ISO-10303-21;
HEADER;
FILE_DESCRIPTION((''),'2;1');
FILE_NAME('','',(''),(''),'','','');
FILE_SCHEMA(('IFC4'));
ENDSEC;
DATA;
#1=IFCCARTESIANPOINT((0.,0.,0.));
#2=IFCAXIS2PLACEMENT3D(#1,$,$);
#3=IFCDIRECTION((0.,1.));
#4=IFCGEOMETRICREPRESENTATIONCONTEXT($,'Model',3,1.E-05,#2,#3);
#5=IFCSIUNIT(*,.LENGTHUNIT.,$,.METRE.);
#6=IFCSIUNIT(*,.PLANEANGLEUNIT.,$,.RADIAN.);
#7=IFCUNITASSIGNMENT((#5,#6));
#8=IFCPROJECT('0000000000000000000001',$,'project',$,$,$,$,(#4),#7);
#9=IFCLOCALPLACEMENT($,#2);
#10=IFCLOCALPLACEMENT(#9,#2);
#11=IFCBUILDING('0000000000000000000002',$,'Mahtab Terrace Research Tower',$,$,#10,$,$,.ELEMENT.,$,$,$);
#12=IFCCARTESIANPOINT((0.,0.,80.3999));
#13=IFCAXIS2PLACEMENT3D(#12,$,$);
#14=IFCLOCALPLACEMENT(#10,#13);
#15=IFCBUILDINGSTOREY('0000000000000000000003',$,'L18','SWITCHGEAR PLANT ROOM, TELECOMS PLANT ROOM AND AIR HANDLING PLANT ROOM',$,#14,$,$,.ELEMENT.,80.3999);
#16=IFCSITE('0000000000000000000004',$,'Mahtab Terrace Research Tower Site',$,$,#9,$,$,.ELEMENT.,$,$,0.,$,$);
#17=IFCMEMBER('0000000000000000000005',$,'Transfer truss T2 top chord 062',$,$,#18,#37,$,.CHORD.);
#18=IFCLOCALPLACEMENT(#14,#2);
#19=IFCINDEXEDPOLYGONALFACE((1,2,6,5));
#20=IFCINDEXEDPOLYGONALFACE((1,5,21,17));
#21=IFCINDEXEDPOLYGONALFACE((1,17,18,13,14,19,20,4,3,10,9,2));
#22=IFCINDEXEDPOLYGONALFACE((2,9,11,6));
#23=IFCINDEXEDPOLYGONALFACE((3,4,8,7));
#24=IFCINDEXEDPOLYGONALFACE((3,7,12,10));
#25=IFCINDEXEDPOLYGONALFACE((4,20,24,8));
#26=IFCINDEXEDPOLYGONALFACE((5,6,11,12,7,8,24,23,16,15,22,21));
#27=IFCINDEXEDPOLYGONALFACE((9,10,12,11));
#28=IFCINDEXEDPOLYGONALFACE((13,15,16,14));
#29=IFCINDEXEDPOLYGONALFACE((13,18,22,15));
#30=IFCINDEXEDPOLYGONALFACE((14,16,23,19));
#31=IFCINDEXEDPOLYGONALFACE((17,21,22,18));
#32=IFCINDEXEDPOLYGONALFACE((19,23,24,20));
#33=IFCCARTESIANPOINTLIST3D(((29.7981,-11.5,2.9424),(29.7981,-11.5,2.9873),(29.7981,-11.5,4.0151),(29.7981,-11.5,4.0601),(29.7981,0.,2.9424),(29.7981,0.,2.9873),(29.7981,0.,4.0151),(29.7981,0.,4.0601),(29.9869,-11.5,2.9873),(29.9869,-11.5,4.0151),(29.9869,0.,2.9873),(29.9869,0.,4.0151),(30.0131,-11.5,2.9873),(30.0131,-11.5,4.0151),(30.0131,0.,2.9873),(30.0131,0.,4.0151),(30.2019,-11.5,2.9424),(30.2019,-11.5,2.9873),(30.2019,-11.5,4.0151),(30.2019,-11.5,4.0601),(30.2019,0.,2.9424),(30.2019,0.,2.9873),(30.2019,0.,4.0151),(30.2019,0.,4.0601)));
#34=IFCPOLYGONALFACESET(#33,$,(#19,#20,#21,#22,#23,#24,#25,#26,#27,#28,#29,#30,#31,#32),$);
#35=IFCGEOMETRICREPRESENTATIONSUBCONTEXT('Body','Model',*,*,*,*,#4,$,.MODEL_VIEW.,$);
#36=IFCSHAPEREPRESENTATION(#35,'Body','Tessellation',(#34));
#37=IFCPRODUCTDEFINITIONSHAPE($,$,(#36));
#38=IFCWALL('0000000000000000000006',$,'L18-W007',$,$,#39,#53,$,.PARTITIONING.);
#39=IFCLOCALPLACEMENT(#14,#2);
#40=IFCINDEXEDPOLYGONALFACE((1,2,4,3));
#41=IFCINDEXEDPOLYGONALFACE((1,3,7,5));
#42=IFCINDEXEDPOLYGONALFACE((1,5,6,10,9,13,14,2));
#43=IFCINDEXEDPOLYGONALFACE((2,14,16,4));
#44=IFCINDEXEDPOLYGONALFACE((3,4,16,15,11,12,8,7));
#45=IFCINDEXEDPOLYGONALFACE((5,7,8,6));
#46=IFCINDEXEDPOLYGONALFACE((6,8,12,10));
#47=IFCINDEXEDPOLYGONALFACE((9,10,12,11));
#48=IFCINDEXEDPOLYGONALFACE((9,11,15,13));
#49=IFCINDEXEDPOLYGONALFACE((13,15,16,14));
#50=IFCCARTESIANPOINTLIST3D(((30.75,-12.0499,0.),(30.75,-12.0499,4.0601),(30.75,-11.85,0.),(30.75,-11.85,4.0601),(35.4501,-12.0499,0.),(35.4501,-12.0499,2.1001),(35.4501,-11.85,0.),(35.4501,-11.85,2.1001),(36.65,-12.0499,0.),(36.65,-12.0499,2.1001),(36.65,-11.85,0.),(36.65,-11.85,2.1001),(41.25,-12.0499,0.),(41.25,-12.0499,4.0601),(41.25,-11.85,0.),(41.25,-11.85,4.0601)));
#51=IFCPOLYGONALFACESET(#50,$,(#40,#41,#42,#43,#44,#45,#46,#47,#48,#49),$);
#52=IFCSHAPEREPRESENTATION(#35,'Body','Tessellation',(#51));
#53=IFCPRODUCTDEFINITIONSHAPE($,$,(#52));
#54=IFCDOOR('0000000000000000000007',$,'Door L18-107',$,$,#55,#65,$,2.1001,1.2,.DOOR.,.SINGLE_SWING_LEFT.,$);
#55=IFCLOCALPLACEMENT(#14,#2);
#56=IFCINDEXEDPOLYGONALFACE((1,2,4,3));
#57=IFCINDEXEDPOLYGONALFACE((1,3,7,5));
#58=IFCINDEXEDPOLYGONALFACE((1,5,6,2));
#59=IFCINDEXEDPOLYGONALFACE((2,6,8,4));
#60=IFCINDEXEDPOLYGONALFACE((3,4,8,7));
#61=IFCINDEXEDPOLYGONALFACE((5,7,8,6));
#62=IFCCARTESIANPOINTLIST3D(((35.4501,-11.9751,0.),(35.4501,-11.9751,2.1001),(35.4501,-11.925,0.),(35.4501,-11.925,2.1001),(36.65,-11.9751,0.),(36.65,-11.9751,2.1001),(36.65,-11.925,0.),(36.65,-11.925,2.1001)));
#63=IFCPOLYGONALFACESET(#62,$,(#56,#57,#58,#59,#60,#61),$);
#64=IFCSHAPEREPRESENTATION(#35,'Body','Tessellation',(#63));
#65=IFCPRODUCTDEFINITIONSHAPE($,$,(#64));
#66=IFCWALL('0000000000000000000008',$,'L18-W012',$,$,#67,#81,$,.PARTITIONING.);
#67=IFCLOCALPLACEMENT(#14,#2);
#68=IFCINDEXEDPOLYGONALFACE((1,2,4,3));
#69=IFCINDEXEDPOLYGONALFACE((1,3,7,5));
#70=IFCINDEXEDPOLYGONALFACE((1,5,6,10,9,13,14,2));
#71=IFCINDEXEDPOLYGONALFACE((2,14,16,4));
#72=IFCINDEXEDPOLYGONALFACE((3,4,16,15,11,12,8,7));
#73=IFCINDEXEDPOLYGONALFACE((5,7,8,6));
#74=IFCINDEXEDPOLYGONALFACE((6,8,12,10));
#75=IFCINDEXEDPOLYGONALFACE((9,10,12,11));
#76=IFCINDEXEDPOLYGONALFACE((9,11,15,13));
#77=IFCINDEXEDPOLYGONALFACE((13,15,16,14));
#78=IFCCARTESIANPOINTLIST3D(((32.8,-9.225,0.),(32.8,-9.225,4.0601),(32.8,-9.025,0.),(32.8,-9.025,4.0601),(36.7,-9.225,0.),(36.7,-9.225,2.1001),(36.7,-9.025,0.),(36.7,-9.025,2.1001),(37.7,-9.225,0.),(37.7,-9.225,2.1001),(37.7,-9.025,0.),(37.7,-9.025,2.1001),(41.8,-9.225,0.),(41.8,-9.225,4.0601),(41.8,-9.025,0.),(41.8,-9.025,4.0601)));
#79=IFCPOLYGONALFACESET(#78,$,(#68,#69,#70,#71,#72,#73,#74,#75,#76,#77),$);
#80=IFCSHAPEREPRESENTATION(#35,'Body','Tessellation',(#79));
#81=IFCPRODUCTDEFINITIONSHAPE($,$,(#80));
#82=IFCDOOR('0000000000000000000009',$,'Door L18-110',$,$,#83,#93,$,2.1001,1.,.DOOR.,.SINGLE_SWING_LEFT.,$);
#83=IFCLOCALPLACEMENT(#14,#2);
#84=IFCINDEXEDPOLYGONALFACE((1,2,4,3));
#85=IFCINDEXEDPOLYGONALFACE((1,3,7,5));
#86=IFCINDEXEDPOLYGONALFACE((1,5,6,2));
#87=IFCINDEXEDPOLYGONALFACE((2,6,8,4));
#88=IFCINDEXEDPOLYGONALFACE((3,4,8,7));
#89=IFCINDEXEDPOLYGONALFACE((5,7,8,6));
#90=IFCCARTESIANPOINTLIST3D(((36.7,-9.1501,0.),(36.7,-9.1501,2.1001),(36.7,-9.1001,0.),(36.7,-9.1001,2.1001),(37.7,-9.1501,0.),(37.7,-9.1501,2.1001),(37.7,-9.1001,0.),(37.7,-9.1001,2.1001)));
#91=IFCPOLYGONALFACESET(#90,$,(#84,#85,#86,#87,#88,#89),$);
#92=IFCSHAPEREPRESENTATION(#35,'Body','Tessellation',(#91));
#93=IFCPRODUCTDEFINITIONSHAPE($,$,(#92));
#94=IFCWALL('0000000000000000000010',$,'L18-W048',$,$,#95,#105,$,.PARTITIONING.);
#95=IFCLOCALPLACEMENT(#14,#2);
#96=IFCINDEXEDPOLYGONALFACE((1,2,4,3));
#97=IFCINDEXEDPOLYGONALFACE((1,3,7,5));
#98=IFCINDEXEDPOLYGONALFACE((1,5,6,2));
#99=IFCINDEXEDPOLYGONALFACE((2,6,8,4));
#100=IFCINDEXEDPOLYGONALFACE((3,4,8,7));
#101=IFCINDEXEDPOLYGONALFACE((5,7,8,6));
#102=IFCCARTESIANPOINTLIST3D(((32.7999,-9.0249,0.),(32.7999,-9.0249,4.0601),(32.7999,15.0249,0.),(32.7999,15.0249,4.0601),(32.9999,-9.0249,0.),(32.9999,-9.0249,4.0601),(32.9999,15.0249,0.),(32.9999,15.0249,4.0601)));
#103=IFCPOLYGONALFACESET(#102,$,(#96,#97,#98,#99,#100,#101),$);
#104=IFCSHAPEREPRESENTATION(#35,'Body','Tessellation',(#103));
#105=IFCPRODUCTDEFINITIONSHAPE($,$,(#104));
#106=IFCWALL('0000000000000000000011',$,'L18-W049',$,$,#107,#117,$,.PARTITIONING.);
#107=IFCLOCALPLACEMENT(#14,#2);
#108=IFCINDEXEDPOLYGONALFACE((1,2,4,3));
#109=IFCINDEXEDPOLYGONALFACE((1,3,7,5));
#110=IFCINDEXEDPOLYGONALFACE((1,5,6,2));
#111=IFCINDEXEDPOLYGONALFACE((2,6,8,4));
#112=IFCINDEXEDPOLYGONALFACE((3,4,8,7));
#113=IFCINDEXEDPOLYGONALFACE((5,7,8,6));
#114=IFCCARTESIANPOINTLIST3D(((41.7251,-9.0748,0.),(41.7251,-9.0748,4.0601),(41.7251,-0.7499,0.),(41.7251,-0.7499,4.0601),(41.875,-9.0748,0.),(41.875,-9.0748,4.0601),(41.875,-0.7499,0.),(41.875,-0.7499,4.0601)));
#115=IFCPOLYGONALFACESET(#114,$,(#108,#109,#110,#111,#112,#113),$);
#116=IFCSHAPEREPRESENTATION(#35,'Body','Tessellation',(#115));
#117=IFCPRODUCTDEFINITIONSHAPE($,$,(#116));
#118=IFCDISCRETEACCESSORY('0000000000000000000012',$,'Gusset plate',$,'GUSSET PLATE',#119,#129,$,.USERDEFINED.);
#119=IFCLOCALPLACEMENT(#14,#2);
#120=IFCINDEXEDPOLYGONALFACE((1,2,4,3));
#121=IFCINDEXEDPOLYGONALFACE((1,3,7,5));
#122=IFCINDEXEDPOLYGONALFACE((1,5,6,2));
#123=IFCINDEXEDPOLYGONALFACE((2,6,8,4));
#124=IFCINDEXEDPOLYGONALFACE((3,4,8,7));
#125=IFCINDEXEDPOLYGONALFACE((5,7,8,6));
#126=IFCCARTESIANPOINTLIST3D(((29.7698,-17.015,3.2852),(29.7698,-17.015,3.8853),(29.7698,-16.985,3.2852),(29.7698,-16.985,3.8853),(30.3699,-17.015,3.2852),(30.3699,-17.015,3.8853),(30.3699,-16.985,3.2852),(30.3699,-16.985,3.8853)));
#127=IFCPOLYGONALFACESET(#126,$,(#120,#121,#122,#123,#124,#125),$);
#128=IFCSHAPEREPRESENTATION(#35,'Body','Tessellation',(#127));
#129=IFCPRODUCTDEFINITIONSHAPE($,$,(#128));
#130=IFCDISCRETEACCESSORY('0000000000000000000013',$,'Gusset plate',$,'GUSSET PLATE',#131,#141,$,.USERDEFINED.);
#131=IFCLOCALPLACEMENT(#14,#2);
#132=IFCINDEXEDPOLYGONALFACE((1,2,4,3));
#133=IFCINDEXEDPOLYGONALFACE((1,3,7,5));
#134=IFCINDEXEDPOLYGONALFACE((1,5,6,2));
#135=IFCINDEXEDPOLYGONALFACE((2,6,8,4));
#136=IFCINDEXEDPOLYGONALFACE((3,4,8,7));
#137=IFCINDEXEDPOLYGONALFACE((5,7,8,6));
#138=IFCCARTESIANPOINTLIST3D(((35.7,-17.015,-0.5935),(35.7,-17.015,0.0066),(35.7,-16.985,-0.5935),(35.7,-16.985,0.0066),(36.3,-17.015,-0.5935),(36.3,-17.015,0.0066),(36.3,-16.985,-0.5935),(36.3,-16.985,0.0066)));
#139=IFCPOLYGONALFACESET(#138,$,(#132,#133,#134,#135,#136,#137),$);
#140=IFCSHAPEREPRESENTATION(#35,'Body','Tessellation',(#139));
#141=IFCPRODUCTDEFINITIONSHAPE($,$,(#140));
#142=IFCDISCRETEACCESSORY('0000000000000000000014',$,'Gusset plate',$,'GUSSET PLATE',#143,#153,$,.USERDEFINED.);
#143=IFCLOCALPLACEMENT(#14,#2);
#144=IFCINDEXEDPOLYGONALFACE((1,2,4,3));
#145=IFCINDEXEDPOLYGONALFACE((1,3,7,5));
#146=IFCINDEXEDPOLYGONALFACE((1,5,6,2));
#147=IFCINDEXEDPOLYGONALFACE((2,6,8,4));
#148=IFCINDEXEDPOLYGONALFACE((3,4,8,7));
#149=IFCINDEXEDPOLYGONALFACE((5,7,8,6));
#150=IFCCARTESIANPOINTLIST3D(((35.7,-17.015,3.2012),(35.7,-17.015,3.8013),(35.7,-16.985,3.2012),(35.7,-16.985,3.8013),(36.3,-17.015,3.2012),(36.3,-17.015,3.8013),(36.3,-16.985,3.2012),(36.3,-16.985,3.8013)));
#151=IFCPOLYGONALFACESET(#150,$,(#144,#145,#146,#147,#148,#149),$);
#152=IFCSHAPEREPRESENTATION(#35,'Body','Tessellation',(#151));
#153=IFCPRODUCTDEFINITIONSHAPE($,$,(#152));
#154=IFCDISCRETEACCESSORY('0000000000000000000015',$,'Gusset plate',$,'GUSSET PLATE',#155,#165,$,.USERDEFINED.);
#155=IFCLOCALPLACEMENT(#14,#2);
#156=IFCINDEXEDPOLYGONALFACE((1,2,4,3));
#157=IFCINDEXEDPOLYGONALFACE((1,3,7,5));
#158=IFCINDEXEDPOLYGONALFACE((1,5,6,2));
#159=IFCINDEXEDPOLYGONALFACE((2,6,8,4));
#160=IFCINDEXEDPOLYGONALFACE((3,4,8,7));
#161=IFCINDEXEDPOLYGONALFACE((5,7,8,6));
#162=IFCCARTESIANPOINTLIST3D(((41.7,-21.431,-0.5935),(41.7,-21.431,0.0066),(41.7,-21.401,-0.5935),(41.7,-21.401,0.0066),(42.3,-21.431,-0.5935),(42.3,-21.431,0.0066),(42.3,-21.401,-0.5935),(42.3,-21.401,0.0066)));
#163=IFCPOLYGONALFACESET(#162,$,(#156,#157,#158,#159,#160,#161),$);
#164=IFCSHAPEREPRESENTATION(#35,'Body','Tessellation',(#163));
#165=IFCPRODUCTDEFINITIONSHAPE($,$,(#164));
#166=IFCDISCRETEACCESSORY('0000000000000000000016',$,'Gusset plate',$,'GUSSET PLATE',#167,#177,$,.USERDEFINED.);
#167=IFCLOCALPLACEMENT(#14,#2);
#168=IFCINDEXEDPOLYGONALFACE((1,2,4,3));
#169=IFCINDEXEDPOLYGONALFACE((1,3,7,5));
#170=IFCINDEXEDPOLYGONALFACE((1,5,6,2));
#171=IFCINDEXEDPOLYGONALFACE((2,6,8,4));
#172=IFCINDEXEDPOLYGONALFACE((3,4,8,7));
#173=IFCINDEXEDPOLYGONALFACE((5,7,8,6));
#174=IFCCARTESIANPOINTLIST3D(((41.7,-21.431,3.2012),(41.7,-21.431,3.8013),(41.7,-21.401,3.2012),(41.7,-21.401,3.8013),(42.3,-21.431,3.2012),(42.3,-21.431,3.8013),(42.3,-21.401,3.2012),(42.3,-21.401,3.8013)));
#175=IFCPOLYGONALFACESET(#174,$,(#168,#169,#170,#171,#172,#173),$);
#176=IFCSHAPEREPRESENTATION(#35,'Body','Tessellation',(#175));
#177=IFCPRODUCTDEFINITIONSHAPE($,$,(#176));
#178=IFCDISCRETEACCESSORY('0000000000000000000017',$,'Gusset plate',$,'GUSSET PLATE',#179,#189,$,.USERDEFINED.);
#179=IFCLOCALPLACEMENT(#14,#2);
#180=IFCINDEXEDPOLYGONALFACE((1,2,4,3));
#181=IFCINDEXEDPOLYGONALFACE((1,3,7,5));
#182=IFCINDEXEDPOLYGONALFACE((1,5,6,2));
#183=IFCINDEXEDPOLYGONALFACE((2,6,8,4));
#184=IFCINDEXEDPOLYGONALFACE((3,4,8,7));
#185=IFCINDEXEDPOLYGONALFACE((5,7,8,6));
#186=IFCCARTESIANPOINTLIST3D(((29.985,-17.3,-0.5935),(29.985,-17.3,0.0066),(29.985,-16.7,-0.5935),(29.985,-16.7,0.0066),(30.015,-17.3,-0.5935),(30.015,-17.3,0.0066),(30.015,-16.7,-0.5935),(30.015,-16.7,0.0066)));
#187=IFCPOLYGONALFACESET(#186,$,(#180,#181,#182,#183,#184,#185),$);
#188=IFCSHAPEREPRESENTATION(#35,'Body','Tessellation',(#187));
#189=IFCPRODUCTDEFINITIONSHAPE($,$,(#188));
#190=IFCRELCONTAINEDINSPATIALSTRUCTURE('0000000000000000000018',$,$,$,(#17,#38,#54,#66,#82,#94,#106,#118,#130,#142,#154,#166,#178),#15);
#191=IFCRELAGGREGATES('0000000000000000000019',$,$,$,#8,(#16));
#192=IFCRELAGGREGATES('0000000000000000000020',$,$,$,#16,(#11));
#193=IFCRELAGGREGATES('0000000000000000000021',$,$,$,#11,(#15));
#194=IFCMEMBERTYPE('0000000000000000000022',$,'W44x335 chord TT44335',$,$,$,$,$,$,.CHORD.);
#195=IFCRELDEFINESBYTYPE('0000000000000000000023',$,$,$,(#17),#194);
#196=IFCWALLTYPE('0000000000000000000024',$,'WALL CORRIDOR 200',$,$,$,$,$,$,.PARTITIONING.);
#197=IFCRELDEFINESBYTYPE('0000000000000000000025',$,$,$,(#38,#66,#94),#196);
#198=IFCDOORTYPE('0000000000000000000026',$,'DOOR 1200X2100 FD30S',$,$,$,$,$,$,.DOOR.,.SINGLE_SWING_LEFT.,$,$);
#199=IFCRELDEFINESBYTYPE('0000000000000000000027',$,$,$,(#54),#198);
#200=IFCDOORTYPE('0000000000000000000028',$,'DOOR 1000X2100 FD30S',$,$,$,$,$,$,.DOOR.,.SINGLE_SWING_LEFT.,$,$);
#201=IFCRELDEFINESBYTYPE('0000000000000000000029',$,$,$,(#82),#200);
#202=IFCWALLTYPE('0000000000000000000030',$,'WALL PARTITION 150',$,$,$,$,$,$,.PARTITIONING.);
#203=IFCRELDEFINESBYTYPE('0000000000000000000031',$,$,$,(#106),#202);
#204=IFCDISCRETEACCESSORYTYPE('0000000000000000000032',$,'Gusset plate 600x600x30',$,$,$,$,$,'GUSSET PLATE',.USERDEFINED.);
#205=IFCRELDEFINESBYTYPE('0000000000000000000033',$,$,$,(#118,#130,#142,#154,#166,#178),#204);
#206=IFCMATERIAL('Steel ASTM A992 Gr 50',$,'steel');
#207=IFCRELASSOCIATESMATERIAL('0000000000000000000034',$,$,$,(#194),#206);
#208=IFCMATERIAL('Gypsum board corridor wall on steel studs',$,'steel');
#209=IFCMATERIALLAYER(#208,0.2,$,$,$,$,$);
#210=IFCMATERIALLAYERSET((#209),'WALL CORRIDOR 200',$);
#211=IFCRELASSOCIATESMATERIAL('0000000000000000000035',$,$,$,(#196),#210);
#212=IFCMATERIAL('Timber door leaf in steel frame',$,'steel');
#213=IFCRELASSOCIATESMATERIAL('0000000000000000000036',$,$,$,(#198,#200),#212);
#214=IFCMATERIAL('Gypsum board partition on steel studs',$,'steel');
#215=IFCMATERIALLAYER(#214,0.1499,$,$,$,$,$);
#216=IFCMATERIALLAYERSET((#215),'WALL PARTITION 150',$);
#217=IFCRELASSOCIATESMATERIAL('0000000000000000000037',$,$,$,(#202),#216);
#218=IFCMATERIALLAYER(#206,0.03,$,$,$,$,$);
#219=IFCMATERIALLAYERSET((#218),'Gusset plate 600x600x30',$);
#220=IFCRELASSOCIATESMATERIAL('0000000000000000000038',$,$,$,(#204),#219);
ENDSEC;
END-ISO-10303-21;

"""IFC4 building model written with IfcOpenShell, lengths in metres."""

from ifc_helpers import new_model, si_unit, direction, frame, frame_2d, origin, origin_2d, place, context, subcontext, project, spatial, rectangle, i_section, extrude, material, layer, layer_set, material_profile, profile_set, type_object, element, fill, save


model = new_model("IFC4")

# Units and contexts
model_context = context("Model", 3, precision=1e-05, world=origin(), true_north=direction((0.0, 1.0)))
body_context = subcontext(model_context, "Body", "Model", "MODEL_VIEW")
ifc_project = project(units=[si_unit("LENGTHUNIT", "METRE"), si_unit("PLANEANGLEUNIT", "RADIAN")], contexts=[model_context])

# Site, building, storey
site_placement = place(None, origin())
site = spatial("IfcSite", under=ifc_project, at=site_placement, Name="Mahtab Terrace Research Tower Site", CompositionType="ELEMENT", RefElevation=0.0)
building_placement = place(site_placement, origin())
building = spatial("IfcBuilding", under=site, at=building_placement, Name="Mahtab Terrace Research Tower", CompositionType="ELEMENT")
storey_placement = place(building_placement, frame((0.0, 0.0, 80.3999)))
storey = spatial("IfcBuildingStorey", under=building, at=storey_placement, Name="L18", Description="SWITCHGEAR PLANT ROOM, TELECOMS PLANT ROOM AND AIR HANDLING PLANT ROOM", CompositionType="ELEMENT", Elevation=80.3999)

# Shared definitions
ifc_material_1 = material(Name="Steel ASTM A992 Gr 50", Category="steel")

# Member
ifc_material_profile_1 = material_profile(ifc_material_1, i_section(OverallWidth=0.4038, OverallDepth=1.1177, WebThickness=0.0261, FlangeThickness=0.0449, at=origin_2d()), Name="W44X335")
ifc_profile_set_1 = profile_set([ifc_material_profile_1], Name="Steel ASTM A992 Gr 50")
member_type_1 = type_object("IfcMemberType", Name="W44x335 chord TT44335", PredefinedType="CHORD", material=ifc_profile_set_1)
member_1_placement = place(storey_placement, frame((30.0, -11.5, 3.5012), z_axis=(0.0, 1.0, 0.0), x_axis=(-1.0, 0.0, 0.0)))
element("IfcMember", 1, at=member_1_placement, inside=storey, type_object=member_type_1, Name="Transfer truss T2 top chord 062", PredefinedType="CHORD", context=body_context, shape_type="SweptSolid", body=[
    extrude(i_section(OverallWidth=0.4038, OverallDepth=1.1177, WebThickness=0.0261, FlangeThickness=0.0449, at=origin_2d()), origin(), (0.0, 0.0, 1.0), 11.5),
])

# Walls, openings, doors
ifc_material_2 = material(Name="Gypsum board corridor wall on steel studs", Category="steel")
ifc_layer_1 = layer(ifc_material_2, 0.2)
ifc_layer_set_1 = layer_set([ifc_layer_1], Name="WALL CORRIDOR 200")
wall_type_1 = type_object("IfcWallType", Name="WALL CORRIDOR 200", PredefinedType="PARTITIONING", material=ifc_layer_set_1)
wall_1_placement = place(storey_placement, frame((30.75, -11.95, 0.0), z_axis=(0.0, 0.0, 1.0), x_axis=(1.0, 0.0, 0.0)))
wall_1 = element("IfcWall", 2, at=wall_1_placement, inside=storey, type_object=wall_type_1, Name="L18-W007", PredefinedType="PARTITIONING", context=body_context, shape_type="SweptSolid", body=[
    extrude(rectangle(XDim=10.5, YDim=0.2, at=frame_2d((5.25, 0.0))), origin(), (0.0, 0.0, 1.0), 4.0601),
])
opening_1_placement = place(wall_1_placement, frame((4.7, 0.0, 0.0)))
opening_1 = element("IfcOpeningElement", 3, at=opening_1_placement, cuts=wall_1, PredefinedType="OPENING", context=body_context, shape_type="SweptSolid", body=[
    extrude(rectangle(XDim=1.2, YDim=2.1001, at=frame_2d((0.6001, 1.05))), frame((0.0, 0.1099, 0.0), z_axis=(0.0, -1.0, 0.0), x_axis=(1.0, 0.0, 0.0)), (0.0, 0.0, 1.0), 0.22),
])
ifc_material_3 = material(Name="Timber door leaf in steel frame", Category="steel")
door_type_1 = type_object("IfcDoorType", Name="DOOR 1200X2100 FD30S", OperationType="SINGLE_SWING_LEFT", PredefinedType="DOOR", material=ifc_material_3)
door_1_placement = place(opening_1_placement, origin())
door_1 = element("IfcDoor", 4, at=door_1_placement, inside=storey, type_object=door_type_1, Name="Door L18-107", OperationType="SINGLE_SWING_LEFT", OverallHeight=2.1001, OverallWidth=1.2, PredefinedType="DOOR", context=body_context, shape_type="SweptSolid", body=[
    extrude(rectangle(XDim=1.2, YDim=2.1001, at=frame_2d((0.6001, 1.05))), frame((0.0, 0.0249, 0.0), z_axis=(0.0, -1.0, 0.0), x_axis=(1.0, 0.0, 0.0)), (0.0, 0.0, 1.0), 0.05),
])
fill(opening_1, door_1)
wall_2_placement = place(storey_placement, frame((32.8, -9.125, 0.0), z_axis=(0.0, 0.0, 1.0), x_axis=(1.0, 0.0, 0.0)))
wall_2 = element("IfcWall", 5, at=wall_2_placement, inside=storey, type_object=wall_type_1, Name="L18-W012", PredefinedType="PARTITIONING", context=body_context, shape_type="SweptSolid", body=[
    extrude(rectangle(XDim=9.0, YDim=0.2, at=frame_2d((4.5, 0.0))), origin(), (0.0, 0.0, 1.0), 4.0601),
])
opening_2_placement = place(wall_2_placement, frame((3.8999, 0.0, 0.0)))
opening_2 = element("IfcOpeningElement", 6, at=opening_2_placement, cuts=wall_2, PredefinedType="OPENING", context=body_context, shape_type="SweptSolid", body=[
    extrude(rectangle(XDim=1.0, YDim=2.1001, at=frame_2d((0.5, 1.05))), frame((0.0, 0.1099, 0.0), z_axis=(0.0, -1.0, 0.0), x_axis=(1.0, 0.0, 0.0)), (0.0, 0.0, 1.0), 0.22),
])
door_type_2 = type_object("IfcDoorType", Name="DOOR 1000X2100 FD30S", OperationType="SINGLE_SWING_LEFT", PredefinedType="DOOR", material=ifc_material_3)
door_2_placement = place(opening_2_placement, origin())
door_2 = element("IfcDoor", 7, at=door_2_placement, inside=storey, type_object=door_type_2, Name="Door L18-110", OperationType="SINGLE_SWING_LEFT", OverallHeight=2.1001, OverallWidth=1.0, PredefinedType="DOOR", context=body_context, shape_type="SweptSolid", body=[
    extrude(rectangle(XDim=1.0, YDim=2.1001, at=frame_2d((0.5, 1.05))), frame((0.0, 0.0249, 0.0), z_axis=(0.0, -1.0, 0.0), x_axis=(1.0, 0.0, 0.0)), (0.0, 0.0, 1.0), 0.05),
])
fill(opening_2, door_2)

# Walls
wall_3_placement = place(storey_placement, frame((32.8999, -9.0249, 0.0), z_axis=(0.0, 0.0, 1.0), x_axis=(0.0, 1.0, 0.0)))
element("IfcWall", 8, at=wall_3_placement, inside=storey, type_object=wall_type_1, Name="L18-W048", PredefinedType="PARTITIONING", context=body_context, shape_type="SweptSolid", body=[
    extrude(rectangle(XDim=24.0498, YDim=0.2, at=frame_2d((12.0249, 0.0))), origin(), (0.0, 0.0, 1.0), 4.0601),
])
ifc_material_4 = material(Name="Gypsum board partition on steel studs", Category="steel")
ifc_layer_2 = layer(ifc_material_4, 0.1499)
ifc_layer_set_2 = layer_set([ifc_layer_2], Name="WALL PARTITION 150")
wall_type_2 = type_object("IfcWallType", Name="WALL PARTITION 150", PredefinedType="PARTITIONING", material=ifc_layer_set_2)
wall_4_placement = place(storey_placement, frame((41.8, -9.075, 0.0), z_axis=(0.0, 0.0, 1.0), x_axis=(0.0, 1.0, 0.0)))
element("IfcWall", 9, at=wall_4_placement, inside=storey, type_object=wall_type_2, Name="L18-W049", PredefinedType="PARTITIONING", context=body_context, shape_type="SweptSolid", body=[
    extrude(rectangle(XDim=8.325, YDim=0.1499, at=frame_2d((4.1626, 0.0))), origin(), (0.0, 0.0, 1.0), 4.0601),
])

# Discrete accessories
ifc_layer_3 = layer(ifc_material_1, 0.03)
ifc_layer_set_3 = layer_set([ifc_layer_3], Name="Gusset plate 600x600x30")
discrete_accessory_type = type_object("IfcDiscreteAccessoryType", Name="Gusset plate 600x600x30", ElementType="GUSSET PLATE", PredefinedType="USERDEFINED", material=ifc_layer_set_3)
for number, where, z_axis, x_axis, name in (
    (10, (30.0698, -17.0, 3.2852), (0.0, 0.0, 1.0), (1.0, 0.0, 0.0), "Gusset plate"),
    (11, (36.0, -17.0, -0.5935), (0.0, 0.0, 1.0), (1.0, 0.0, 0.0), "Gusset plate"),
    (12, (36.0, -17.0, 3.2012), (0.0, 0.0, 1.0), (1.0, 0.0, 0.0), "Gusset plate"),
    (13, (42.0, -21.416, -0.5935), (0.0, 0.0, 1.0), (1.0, 0.0, 0.0), "Gusset plate"),
    (14, (42.0, -21.416, 3.2012), (0.0, 0.0, 1.0), (1.0, 0.0, 0.0), "Gusset plate"),
    (15, (30.0, -17.0, -0.5935), (0.0, 0.0, 1.0), (0.0, 1.0, 0.0), "Gusset plate"),
):
    element("IfcDiscreteAccessory", number, at=place(storey_placement, frame(where, z_axis=z_axis, x_axis=x_axis)), inside=storey, type_object=discrete_accessory_type, Name=name, ObjectType="GUSSET PLATE", PredefinedType="USERDEFINED", context=body_context, shape_type="SweptSolid", body=[
        extrude(rectangle(XDim=0.6001, YDim=0.03, at=origin_2d()), origin(), (0.0, 0.0, 1.0), 0.6001),
    ])

save(model, "model.ifc")
